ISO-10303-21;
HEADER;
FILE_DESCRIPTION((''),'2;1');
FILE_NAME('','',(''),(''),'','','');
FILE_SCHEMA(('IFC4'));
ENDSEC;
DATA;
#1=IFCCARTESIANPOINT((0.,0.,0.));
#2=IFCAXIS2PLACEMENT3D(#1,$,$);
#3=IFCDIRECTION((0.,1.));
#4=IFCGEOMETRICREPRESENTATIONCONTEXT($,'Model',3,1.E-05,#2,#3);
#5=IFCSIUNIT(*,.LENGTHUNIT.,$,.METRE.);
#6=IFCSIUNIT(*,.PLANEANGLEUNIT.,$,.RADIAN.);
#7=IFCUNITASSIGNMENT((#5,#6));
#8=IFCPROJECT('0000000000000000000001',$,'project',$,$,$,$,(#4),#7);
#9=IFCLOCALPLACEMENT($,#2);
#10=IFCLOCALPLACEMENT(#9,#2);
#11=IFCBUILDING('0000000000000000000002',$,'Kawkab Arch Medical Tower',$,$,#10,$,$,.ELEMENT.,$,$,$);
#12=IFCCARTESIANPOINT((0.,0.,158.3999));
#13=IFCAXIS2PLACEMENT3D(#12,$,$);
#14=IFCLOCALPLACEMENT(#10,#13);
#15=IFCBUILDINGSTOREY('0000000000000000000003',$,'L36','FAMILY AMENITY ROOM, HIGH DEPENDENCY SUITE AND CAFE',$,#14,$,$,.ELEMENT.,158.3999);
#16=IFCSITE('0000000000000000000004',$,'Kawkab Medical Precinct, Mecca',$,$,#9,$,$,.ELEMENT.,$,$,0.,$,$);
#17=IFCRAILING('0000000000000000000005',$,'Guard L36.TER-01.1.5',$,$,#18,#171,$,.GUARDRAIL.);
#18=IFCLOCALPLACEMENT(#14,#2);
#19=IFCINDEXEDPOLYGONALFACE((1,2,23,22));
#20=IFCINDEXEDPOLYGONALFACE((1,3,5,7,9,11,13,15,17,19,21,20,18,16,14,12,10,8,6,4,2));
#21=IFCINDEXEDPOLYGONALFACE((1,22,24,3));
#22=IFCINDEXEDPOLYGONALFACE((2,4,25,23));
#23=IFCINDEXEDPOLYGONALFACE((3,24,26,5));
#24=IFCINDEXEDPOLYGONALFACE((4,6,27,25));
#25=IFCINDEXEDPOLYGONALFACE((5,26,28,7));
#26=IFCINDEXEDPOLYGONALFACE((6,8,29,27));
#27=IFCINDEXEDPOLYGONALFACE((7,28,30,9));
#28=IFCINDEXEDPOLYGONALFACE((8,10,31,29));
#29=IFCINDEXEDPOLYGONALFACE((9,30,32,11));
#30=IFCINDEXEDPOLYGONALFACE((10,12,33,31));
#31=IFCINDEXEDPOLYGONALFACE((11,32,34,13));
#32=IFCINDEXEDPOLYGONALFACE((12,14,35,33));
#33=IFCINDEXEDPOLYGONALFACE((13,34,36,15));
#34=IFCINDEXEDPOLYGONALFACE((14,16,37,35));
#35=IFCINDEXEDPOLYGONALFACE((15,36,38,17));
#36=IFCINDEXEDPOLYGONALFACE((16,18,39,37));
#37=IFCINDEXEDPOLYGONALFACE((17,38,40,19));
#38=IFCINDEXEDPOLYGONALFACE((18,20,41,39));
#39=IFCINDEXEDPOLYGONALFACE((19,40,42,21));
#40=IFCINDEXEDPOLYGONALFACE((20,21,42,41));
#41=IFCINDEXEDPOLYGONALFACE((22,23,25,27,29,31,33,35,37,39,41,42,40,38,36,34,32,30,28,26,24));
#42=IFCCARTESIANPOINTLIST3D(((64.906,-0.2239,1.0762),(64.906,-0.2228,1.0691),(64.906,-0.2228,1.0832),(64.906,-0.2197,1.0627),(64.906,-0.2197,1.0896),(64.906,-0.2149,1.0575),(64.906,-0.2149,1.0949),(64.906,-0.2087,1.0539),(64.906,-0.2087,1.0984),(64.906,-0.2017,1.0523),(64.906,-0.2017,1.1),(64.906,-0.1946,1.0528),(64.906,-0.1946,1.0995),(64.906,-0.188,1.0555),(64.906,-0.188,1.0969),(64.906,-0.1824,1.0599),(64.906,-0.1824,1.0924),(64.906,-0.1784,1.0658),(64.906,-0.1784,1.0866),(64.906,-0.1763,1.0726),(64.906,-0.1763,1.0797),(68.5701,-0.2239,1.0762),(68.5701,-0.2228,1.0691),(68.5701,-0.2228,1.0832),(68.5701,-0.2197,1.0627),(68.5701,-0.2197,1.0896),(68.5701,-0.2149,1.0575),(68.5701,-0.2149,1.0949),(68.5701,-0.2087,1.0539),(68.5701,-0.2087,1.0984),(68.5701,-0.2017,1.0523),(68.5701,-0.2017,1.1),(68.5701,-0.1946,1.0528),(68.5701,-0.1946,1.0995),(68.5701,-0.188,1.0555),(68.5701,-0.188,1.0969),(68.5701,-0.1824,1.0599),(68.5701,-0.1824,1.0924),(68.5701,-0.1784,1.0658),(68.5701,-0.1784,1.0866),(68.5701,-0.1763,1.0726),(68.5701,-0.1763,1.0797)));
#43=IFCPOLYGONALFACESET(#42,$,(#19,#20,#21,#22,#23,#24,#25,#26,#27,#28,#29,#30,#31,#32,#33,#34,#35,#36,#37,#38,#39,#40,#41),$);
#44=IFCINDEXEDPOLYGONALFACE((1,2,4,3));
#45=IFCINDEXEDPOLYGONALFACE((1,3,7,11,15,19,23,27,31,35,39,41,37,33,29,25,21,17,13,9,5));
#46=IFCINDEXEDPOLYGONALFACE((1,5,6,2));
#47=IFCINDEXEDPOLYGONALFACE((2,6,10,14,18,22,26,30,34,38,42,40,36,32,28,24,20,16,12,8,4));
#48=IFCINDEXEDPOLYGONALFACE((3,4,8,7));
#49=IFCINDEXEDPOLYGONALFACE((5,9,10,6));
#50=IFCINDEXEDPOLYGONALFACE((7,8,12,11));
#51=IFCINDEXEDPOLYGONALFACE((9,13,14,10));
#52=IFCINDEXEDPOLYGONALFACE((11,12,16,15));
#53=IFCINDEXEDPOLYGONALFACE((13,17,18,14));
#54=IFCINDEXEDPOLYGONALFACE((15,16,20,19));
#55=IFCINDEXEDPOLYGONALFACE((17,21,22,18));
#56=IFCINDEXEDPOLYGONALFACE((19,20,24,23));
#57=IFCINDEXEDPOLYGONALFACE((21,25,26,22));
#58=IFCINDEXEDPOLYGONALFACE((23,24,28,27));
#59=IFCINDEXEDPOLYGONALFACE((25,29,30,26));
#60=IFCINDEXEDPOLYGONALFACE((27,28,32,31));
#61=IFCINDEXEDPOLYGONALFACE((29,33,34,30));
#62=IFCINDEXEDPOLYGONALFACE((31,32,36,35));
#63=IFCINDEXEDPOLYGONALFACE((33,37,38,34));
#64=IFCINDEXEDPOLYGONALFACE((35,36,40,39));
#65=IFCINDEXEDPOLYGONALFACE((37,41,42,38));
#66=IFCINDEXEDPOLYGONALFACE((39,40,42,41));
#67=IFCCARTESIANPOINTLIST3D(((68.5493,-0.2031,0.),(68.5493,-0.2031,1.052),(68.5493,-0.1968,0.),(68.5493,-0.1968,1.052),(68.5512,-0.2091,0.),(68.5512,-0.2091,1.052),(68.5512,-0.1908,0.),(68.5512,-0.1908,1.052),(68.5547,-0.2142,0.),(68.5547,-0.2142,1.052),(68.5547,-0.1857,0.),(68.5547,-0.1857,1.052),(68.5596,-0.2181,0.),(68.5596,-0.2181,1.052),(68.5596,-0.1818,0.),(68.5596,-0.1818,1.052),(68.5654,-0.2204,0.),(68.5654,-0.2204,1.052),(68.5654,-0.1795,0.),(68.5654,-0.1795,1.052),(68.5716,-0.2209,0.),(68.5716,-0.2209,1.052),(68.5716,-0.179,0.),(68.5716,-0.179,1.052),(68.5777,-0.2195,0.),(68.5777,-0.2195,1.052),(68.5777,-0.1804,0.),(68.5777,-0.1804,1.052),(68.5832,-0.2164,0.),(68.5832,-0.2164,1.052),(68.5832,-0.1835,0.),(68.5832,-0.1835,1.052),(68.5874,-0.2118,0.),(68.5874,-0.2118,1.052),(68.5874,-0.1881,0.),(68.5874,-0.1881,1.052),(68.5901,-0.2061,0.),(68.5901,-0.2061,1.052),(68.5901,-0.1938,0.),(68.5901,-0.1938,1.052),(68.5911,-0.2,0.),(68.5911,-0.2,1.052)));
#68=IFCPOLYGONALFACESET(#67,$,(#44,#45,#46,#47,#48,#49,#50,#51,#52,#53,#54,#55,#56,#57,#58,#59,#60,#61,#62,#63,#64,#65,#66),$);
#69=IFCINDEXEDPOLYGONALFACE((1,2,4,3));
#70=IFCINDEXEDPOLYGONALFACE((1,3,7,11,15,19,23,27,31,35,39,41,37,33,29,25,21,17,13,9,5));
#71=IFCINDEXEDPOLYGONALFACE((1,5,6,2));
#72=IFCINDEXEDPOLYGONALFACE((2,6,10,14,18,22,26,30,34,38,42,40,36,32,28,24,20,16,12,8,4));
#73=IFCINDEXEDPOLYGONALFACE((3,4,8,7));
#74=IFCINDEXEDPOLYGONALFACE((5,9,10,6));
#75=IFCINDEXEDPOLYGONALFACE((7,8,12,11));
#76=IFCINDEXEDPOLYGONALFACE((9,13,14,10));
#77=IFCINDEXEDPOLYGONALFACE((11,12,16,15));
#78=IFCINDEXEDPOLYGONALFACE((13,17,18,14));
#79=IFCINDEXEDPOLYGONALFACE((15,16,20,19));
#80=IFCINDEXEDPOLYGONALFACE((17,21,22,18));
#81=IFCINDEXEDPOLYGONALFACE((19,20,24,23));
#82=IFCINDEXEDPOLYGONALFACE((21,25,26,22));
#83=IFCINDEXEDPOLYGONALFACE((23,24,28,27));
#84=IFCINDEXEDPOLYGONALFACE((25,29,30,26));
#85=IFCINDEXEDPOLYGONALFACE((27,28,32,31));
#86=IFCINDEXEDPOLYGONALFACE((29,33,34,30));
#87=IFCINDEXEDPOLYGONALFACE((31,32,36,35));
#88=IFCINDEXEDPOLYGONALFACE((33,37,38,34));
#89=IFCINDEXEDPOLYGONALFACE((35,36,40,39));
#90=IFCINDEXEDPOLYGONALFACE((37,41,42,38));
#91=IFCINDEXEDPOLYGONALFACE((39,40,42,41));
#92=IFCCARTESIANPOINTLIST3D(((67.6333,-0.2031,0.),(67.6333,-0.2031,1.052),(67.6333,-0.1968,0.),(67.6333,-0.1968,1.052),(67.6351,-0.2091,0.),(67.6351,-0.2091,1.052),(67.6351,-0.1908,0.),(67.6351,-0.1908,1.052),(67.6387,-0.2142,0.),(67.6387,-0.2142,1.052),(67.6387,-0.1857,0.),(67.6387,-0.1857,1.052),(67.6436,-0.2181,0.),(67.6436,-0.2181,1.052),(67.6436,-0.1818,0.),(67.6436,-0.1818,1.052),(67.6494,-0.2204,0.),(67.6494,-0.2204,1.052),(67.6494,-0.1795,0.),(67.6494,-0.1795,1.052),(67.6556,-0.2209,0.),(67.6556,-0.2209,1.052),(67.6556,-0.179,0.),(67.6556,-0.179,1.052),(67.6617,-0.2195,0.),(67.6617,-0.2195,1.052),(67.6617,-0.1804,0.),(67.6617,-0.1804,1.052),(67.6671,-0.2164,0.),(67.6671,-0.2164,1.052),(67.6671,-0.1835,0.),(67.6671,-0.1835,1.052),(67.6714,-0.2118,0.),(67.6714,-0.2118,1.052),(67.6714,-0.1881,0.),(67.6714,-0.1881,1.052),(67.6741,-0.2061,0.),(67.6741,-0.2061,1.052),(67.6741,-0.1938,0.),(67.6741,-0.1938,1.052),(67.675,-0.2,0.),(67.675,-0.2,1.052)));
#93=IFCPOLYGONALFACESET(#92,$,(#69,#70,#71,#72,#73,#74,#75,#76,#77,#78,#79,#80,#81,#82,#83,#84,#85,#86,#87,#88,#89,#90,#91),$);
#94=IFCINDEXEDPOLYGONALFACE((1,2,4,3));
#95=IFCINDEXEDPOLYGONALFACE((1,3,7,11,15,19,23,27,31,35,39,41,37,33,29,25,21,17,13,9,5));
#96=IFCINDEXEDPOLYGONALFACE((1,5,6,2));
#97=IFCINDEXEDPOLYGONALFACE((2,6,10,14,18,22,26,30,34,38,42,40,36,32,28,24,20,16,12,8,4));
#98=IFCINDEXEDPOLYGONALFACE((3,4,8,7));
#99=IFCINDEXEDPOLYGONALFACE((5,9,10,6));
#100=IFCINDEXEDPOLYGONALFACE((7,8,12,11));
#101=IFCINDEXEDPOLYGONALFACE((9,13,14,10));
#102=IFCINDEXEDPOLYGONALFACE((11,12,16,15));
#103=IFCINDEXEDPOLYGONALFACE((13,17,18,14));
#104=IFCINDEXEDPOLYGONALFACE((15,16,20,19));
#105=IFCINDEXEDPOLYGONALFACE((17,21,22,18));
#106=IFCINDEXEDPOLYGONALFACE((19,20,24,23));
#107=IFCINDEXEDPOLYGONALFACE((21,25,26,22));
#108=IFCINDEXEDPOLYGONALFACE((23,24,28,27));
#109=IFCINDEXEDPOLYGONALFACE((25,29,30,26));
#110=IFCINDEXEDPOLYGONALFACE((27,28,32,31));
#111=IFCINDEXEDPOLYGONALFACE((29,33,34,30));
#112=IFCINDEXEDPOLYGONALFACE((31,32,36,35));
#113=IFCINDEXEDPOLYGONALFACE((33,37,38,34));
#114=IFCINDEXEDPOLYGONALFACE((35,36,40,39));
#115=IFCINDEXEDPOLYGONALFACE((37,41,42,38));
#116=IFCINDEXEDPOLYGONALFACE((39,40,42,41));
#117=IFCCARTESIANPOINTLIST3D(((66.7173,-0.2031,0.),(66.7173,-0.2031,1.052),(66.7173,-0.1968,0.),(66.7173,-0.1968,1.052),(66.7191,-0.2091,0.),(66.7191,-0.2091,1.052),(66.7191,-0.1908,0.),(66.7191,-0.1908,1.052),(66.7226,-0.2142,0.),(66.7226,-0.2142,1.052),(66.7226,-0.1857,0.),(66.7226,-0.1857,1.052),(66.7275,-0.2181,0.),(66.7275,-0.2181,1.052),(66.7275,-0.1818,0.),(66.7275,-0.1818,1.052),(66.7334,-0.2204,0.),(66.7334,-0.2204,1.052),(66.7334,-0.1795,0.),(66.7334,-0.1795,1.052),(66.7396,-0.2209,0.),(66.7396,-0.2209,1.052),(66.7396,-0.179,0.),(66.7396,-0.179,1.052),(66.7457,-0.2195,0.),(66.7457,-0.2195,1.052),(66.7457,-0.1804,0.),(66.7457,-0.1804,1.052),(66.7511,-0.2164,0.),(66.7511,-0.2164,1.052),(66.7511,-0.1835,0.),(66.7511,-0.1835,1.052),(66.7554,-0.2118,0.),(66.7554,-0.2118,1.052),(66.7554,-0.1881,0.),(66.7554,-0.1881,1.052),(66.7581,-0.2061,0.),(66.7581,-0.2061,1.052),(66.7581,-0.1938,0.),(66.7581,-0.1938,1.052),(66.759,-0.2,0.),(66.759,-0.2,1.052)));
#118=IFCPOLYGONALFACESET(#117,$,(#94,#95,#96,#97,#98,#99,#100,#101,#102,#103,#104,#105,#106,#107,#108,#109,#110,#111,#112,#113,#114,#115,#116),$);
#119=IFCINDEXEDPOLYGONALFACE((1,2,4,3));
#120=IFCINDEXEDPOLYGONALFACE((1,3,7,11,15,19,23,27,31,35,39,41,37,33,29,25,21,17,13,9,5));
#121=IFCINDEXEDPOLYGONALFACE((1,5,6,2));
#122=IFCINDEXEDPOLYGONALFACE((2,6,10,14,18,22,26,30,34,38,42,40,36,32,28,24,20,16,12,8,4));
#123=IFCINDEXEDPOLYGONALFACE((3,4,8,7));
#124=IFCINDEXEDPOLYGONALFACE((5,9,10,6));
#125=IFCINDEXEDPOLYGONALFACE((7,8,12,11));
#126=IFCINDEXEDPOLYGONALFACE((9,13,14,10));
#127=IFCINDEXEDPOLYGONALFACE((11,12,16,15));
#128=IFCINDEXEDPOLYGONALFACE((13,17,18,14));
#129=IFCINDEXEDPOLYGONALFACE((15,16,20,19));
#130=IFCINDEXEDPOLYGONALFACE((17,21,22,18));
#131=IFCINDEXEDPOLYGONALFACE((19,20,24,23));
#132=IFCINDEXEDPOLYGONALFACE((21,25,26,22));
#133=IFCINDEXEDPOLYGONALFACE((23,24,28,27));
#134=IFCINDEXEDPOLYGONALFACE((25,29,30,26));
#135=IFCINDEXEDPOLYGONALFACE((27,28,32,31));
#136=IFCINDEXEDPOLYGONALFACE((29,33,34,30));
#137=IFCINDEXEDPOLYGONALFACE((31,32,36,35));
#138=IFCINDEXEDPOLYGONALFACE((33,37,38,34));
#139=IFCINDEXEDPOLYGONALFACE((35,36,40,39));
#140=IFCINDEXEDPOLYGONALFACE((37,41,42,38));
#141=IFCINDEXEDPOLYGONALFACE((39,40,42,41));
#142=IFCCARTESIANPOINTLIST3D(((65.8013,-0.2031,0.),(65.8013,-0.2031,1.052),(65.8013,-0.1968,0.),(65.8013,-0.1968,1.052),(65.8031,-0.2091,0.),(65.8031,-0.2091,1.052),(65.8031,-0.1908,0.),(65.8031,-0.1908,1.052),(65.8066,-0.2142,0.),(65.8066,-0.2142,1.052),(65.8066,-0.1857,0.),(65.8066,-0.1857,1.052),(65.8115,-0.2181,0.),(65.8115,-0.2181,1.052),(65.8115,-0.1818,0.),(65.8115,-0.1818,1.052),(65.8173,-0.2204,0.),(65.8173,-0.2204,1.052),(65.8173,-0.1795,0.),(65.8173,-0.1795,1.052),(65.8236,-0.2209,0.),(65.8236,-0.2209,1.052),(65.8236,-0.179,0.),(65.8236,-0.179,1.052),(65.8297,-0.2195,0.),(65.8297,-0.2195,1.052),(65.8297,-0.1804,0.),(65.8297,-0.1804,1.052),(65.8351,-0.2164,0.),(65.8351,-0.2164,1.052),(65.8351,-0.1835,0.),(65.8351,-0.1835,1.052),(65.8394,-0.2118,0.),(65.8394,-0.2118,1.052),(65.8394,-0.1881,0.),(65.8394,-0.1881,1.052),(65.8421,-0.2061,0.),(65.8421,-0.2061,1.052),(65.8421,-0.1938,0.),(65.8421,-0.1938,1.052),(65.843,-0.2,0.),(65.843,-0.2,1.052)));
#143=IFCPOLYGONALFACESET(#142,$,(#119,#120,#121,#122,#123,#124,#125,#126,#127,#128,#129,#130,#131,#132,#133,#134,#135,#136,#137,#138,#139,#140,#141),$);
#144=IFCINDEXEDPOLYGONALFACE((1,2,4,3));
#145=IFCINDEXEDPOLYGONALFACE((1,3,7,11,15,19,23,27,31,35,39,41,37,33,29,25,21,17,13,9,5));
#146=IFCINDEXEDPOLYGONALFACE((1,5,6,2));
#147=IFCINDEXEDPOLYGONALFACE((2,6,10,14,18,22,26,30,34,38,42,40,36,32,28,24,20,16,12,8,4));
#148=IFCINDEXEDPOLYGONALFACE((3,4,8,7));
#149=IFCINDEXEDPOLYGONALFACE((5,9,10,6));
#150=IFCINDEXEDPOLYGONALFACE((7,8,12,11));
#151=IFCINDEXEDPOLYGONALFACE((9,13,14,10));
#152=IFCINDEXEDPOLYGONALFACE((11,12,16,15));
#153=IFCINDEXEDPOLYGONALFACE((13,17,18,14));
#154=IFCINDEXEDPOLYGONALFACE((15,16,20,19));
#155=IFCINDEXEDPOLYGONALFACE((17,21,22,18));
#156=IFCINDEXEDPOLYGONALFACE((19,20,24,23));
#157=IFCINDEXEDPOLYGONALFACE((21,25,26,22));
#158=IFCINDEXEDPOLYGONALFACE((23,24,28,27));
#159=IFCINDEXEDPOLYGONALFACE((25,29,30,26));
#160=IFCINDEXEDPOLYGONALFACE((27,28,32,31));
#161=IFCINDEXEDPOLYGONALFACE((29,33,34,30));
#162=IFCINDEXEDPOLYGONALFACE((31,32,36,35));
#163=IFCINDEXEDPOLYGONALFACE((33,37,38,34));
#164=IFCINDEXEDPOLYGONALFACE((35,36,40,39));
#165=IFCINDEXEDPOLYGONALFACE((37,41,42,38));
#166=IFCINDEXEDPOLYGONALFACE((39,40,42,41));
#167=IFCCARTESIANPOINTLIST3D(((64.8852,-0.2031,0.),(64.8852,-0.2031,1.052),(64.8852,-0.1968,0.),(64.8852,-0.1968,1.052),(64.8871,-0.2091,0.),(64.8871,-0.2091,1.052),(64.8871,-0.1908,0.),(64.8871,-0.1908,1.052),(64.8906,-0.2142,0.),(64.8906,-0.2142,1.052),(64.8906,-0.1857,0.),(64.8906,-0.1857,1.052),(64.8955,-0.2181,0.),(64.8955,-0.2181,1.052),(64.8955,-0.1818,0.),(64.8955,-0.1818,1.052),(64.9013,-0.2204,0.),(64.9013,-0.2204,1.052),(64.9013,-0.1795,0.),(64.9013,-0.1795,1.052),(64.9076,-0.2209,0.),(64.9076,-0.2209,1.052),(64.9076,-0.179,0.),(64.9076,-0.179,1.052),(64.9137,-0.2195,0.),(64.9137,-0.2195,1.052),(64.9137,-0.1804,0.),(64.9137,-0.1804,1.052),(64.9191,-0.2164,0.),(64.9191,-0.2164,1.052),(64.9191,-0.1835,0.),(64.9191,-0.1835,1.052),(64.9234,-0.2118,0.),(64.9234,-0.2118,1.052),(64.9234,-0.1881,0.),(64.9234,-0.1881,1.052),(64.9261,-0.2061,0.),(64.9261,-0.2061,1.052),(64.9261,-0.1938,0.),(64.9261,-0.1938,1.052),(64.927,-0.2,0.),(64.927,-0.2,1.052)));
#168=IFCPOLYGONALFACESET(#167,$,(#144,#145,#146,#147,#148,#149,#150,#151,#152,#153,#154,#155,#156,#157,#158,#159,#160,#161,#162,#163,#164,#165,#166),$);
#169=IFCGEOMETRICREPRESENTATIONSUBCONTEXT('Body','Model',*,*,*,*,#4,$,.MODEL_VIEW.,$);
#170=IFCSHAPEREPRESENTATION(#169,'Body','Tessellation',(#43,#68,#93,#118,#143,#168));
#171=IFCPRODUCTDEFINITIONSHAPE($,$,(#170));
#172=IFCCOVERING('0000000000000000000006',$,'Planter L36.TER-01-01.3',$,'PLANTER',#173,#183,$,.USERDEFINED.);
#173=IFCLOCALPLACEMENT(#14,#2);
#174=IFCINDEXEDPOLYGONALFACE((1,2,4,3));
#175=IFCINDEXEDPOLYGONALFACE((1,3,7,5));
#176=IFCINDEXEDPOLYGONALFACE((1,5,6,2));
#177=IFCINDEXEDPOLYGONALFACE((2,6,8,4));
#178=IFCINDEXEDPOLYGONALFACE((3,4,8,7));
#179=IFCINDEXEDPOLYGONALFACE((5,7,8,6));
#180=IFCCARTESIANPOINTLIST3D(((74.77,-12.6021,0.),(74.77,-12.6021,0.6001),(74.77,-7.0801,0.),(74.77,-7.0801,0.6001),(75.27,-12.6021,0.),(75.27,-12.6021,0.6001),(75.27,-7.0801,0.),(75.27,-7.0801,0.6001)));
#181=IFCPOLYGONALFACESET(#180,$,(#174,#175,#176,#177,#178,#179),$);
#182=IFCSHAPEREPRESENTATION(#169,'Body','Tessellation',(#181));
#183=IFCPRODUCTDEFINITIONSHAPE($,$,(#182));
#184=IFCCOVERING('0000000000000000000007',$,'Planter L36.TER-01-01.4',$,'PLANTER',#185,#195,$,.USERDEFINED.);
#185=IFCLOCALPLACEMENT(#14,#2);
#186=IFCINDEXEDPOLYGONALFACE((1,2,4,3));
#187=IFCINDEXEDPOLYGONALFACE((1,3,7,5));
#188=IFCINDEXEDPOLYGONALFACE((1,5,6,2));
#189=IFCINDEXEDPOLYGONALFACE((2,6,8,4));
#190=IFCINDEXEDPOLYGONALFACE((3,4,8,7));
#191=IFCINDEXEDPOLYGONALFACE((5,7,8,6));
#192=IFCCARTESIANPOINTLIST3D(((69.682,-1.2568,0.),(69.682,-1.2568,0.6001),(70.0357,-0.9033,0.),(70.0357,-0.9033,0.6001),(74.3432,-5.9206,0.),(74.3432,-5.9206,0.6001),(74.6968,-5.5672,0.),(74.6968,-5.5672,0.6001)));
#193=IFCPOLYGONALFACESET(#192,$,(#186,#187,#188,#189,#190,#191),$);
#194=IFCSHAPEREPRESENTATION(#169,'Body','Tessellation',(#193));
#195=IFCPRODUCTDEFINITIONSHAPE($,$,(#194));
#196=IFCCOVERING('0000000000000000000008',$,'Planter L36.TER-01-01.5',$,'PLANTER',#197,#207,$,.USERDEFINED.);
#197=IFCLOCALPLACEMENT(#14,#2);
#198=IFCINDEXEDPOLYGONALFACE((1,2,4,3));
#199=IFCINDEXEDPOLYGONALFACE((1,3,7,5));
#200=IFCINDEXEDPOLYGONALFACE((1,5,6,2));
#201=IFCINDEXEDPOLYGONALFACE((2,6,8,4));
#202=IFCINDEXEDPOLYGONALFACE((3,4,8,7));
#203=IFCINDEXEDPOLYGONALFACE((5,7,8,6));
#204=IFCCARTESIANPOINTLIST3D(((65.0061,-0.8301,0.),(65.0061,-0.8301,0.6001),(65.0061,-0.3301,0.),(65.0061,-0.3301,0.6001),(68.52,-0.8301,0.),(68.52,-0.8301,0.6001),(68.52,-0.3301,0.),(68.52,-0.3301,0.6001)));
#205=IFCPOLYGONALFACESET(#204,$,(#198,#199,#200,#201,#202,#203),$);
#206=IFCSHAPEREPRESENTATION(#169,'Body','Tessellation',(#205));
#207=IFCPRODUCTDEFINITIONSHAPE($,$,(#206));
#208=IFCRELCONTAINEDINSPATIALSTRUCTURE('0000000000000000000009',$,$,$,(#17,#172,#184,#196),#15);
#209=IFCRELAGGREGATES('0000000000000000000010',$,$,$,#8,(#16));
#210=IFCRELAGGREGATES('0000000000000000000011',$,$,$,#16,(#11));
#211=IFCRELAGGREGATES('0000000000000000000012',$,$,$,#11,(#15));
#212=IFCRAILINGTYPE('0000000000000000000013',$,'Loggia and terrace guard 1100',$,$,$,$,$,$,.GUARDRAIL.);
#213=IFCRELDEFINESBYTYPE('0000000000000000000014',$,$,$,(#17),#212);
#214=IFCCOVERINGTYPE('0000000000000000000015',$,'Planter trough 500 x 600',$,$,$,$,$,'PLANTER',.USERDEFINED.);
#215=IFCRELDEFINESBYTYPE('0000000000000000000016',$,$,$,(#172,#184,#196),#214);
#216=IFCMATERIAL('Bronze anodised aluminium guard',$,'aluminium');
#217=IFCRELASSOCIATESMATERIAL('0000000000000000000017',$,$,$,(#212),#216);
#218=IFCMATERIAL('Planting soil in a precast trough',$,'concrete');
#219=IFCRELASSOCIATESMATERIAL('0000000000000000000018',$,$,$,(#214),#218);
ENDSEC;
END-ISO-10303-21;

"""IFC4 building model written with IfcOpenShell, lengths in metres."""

from ifc_helpers import new_model, si_unit, direction, frame, origin, origin_2d, place, context, subcontext, project, spatial, rectangle, circle, extrude, material, material_profile, profile_set, type_object, element, save


model = new_model("IFC4")

# Units and contexts
model_context = context("Model", 3, precision=1e-05, world=origin(), true_north=direction((0.0, 1.0)))
body_context = subcontext(model_context, "Body", "Model", "MODEL_VIEW")
ifc_project = project(units=[si_unit("LENGTHUNIT", "METRE"), si_unit("PLANEANGLEUNIT", "RADIAN")], contexts=[model_context])

# Site, building, storey
site_placement = place(None, origin())
site = spatial("IfcSite", under=ifc_project, at=site_placement, Name="Kawkab Medical Precinct, Mecca", CompositionType="ELEMENT", RefElevation=0.0)
building_placement = place(site_placement, origin())
building = spatial("IfcBuilding", under=site, at=building_placement, Name="Kawkab Arch Medical Tower", CompositionType="ELEMENT")
storey_placement = place(building_placement, frame((0.0, 0.0, 158.3999)))
storey = spatial("IfcBuildingStorey", under=building, at=storey_placement, Name="L36", Description="FAMILY AMENITY ROOM, HIGH DEPENDENCY SUITE AND CAFE", CompositionType="ELEMENT", Elevation=158.3999)

# Railing
ifc_material_1 = material(Name="Bronze anodised aluminium guard", Category="aluminium")
railing_type_1 = type_object("IfcRailingType", Name="Loggia and terrace guard 1100", PredefinedType="GUARDRAIL", material=ifc_material_1)
railing_1_placement = place(storey_placement, frame((68.5701, -0.2, 0.0)))
element("IfcRailing", 1, at=railing_1_placement, inside=storey, type_object=railing_type_1, Name="Guard L36.TER-01.1.5", PredefinedType="GUARDRAIL", context=body_context, shape_type="SweptSolid", body=[
    extrude(circle(Radius=0.0239, at=origin_2d()), frame((0.0, 0.0, 1.0762), z_axis=(-1.0, 0.0, 0.0), x_axis=(0.0, -1.0, 0.0)), (0.0, 0.0, 1.0), 3.6641),
    extrude(circle(Radius=0.021, at=origin_2d()), origin(), (0.0, 0.0, 1.0), 1.052),
    extrude(circle(Radius=0.021, at=origin_2d()), frame((-0.916, 0.0, 0.0)), (0.0, 0.0, 1.0), 1.052),
    extrude(circle(Radius=0.021, at=origin_2d()), frame((-1.832, 0.0, 0.0)), (0.0, 0.0, 1.0), 1.052),
    extrude(circle(Radius=0.021, at=origin_2d()), frame((-2.748, 0.0, 0.0)), (0.0, 0.0, 1.0), 1.052),
    extrude(circle(Radius=0.021, at=origin_2d()), frame((-3.6641, 0.0, 0.0)), (0.0, 0.0, 1.0), 1.052),
])

# Coverings
ifc_material_2 = material(Name="Planting soil in a precast trough", Category="concrete")
ifc_material_profile_1 = material_profile(ifc_material_2, rectangle(XDim=0.5, YDim=0.6001, at=origin_2d()), Name="Trough 500x600")
ifc_profile_set_1 = profile_set([ifc_material_profile_1], Name="Planting soil in a precast trough")
covering_type = type_object("IfcCoveringType", Name="Planter trough 500 x 600", ElementType="PLANTER", PredefinedType="USERDEFINED", material=ifc_profile_set_1)
covering_1_placement = place(storey_placement, frame((75.02, -12.6021, 0.3), z_axis=(0.0, 1.0, 0.0), x_axis=(-1.0, 0.0, 0.0)))
element("IfcCovering", 2, at=covering_1_placement, inside=storey, type_object=covering_type, Name="Planter L36.TER-01-01.3", ObjectType="PLANTER", PredefinedType="USERDEFINED", context=body_context, shape_type="SweptSolid", body=[
    extrude(rectangle(XDim=0.5, YDim=0.6001, at=origin_2d()), origin(), (0.0, 0.0, 1.0), 5.522),
])
covering_2_placement = place(storey_placement, frame((74.52, -5.7439, 0.3), z_axis=(-0.706903, 0.70731, 0.0), x_axis=(-0.70731, -0.706903, 0.0)))
element("IfcCovering", 3, at=covering_2_placement, inside=storey, type_object=covering_type, Name="Planter L36.TER-01-01.4", ObjectType="PLANTER", PredefinedType="USERDEFINED", context=body_context, shape_type="SweptSolid", body=[
    extrude(rectangle(XDim=0.5, YDim=0.6001, at=origin_2d()), origin(), (0.0, 0.0, 1.0), 6.5938),
])
covering_3_placement = place(storey_placement, frame((68.52, -0.5801, 0.3), z_axis=(-1.0, 0.0, 0.0), x_axis=(0.0, -1.0, 0.0)))
element("IfcCovering", 4, at=covering_3_placement, inside=storey, type_object=covering_type, Name="Planter L36.TER-01-01.5", ObjectType="PLANTER", PredefinedType="USERDEFINED", context=body_context, shape_type="SweptSolid", body=[
    extrude(rectangle(XDim=0.5, YDim=0.6001, at=origin_2d()), origin(), (0.0, 0.0, 1.0), 3.5139),
])

save(model, "model.ifc")
